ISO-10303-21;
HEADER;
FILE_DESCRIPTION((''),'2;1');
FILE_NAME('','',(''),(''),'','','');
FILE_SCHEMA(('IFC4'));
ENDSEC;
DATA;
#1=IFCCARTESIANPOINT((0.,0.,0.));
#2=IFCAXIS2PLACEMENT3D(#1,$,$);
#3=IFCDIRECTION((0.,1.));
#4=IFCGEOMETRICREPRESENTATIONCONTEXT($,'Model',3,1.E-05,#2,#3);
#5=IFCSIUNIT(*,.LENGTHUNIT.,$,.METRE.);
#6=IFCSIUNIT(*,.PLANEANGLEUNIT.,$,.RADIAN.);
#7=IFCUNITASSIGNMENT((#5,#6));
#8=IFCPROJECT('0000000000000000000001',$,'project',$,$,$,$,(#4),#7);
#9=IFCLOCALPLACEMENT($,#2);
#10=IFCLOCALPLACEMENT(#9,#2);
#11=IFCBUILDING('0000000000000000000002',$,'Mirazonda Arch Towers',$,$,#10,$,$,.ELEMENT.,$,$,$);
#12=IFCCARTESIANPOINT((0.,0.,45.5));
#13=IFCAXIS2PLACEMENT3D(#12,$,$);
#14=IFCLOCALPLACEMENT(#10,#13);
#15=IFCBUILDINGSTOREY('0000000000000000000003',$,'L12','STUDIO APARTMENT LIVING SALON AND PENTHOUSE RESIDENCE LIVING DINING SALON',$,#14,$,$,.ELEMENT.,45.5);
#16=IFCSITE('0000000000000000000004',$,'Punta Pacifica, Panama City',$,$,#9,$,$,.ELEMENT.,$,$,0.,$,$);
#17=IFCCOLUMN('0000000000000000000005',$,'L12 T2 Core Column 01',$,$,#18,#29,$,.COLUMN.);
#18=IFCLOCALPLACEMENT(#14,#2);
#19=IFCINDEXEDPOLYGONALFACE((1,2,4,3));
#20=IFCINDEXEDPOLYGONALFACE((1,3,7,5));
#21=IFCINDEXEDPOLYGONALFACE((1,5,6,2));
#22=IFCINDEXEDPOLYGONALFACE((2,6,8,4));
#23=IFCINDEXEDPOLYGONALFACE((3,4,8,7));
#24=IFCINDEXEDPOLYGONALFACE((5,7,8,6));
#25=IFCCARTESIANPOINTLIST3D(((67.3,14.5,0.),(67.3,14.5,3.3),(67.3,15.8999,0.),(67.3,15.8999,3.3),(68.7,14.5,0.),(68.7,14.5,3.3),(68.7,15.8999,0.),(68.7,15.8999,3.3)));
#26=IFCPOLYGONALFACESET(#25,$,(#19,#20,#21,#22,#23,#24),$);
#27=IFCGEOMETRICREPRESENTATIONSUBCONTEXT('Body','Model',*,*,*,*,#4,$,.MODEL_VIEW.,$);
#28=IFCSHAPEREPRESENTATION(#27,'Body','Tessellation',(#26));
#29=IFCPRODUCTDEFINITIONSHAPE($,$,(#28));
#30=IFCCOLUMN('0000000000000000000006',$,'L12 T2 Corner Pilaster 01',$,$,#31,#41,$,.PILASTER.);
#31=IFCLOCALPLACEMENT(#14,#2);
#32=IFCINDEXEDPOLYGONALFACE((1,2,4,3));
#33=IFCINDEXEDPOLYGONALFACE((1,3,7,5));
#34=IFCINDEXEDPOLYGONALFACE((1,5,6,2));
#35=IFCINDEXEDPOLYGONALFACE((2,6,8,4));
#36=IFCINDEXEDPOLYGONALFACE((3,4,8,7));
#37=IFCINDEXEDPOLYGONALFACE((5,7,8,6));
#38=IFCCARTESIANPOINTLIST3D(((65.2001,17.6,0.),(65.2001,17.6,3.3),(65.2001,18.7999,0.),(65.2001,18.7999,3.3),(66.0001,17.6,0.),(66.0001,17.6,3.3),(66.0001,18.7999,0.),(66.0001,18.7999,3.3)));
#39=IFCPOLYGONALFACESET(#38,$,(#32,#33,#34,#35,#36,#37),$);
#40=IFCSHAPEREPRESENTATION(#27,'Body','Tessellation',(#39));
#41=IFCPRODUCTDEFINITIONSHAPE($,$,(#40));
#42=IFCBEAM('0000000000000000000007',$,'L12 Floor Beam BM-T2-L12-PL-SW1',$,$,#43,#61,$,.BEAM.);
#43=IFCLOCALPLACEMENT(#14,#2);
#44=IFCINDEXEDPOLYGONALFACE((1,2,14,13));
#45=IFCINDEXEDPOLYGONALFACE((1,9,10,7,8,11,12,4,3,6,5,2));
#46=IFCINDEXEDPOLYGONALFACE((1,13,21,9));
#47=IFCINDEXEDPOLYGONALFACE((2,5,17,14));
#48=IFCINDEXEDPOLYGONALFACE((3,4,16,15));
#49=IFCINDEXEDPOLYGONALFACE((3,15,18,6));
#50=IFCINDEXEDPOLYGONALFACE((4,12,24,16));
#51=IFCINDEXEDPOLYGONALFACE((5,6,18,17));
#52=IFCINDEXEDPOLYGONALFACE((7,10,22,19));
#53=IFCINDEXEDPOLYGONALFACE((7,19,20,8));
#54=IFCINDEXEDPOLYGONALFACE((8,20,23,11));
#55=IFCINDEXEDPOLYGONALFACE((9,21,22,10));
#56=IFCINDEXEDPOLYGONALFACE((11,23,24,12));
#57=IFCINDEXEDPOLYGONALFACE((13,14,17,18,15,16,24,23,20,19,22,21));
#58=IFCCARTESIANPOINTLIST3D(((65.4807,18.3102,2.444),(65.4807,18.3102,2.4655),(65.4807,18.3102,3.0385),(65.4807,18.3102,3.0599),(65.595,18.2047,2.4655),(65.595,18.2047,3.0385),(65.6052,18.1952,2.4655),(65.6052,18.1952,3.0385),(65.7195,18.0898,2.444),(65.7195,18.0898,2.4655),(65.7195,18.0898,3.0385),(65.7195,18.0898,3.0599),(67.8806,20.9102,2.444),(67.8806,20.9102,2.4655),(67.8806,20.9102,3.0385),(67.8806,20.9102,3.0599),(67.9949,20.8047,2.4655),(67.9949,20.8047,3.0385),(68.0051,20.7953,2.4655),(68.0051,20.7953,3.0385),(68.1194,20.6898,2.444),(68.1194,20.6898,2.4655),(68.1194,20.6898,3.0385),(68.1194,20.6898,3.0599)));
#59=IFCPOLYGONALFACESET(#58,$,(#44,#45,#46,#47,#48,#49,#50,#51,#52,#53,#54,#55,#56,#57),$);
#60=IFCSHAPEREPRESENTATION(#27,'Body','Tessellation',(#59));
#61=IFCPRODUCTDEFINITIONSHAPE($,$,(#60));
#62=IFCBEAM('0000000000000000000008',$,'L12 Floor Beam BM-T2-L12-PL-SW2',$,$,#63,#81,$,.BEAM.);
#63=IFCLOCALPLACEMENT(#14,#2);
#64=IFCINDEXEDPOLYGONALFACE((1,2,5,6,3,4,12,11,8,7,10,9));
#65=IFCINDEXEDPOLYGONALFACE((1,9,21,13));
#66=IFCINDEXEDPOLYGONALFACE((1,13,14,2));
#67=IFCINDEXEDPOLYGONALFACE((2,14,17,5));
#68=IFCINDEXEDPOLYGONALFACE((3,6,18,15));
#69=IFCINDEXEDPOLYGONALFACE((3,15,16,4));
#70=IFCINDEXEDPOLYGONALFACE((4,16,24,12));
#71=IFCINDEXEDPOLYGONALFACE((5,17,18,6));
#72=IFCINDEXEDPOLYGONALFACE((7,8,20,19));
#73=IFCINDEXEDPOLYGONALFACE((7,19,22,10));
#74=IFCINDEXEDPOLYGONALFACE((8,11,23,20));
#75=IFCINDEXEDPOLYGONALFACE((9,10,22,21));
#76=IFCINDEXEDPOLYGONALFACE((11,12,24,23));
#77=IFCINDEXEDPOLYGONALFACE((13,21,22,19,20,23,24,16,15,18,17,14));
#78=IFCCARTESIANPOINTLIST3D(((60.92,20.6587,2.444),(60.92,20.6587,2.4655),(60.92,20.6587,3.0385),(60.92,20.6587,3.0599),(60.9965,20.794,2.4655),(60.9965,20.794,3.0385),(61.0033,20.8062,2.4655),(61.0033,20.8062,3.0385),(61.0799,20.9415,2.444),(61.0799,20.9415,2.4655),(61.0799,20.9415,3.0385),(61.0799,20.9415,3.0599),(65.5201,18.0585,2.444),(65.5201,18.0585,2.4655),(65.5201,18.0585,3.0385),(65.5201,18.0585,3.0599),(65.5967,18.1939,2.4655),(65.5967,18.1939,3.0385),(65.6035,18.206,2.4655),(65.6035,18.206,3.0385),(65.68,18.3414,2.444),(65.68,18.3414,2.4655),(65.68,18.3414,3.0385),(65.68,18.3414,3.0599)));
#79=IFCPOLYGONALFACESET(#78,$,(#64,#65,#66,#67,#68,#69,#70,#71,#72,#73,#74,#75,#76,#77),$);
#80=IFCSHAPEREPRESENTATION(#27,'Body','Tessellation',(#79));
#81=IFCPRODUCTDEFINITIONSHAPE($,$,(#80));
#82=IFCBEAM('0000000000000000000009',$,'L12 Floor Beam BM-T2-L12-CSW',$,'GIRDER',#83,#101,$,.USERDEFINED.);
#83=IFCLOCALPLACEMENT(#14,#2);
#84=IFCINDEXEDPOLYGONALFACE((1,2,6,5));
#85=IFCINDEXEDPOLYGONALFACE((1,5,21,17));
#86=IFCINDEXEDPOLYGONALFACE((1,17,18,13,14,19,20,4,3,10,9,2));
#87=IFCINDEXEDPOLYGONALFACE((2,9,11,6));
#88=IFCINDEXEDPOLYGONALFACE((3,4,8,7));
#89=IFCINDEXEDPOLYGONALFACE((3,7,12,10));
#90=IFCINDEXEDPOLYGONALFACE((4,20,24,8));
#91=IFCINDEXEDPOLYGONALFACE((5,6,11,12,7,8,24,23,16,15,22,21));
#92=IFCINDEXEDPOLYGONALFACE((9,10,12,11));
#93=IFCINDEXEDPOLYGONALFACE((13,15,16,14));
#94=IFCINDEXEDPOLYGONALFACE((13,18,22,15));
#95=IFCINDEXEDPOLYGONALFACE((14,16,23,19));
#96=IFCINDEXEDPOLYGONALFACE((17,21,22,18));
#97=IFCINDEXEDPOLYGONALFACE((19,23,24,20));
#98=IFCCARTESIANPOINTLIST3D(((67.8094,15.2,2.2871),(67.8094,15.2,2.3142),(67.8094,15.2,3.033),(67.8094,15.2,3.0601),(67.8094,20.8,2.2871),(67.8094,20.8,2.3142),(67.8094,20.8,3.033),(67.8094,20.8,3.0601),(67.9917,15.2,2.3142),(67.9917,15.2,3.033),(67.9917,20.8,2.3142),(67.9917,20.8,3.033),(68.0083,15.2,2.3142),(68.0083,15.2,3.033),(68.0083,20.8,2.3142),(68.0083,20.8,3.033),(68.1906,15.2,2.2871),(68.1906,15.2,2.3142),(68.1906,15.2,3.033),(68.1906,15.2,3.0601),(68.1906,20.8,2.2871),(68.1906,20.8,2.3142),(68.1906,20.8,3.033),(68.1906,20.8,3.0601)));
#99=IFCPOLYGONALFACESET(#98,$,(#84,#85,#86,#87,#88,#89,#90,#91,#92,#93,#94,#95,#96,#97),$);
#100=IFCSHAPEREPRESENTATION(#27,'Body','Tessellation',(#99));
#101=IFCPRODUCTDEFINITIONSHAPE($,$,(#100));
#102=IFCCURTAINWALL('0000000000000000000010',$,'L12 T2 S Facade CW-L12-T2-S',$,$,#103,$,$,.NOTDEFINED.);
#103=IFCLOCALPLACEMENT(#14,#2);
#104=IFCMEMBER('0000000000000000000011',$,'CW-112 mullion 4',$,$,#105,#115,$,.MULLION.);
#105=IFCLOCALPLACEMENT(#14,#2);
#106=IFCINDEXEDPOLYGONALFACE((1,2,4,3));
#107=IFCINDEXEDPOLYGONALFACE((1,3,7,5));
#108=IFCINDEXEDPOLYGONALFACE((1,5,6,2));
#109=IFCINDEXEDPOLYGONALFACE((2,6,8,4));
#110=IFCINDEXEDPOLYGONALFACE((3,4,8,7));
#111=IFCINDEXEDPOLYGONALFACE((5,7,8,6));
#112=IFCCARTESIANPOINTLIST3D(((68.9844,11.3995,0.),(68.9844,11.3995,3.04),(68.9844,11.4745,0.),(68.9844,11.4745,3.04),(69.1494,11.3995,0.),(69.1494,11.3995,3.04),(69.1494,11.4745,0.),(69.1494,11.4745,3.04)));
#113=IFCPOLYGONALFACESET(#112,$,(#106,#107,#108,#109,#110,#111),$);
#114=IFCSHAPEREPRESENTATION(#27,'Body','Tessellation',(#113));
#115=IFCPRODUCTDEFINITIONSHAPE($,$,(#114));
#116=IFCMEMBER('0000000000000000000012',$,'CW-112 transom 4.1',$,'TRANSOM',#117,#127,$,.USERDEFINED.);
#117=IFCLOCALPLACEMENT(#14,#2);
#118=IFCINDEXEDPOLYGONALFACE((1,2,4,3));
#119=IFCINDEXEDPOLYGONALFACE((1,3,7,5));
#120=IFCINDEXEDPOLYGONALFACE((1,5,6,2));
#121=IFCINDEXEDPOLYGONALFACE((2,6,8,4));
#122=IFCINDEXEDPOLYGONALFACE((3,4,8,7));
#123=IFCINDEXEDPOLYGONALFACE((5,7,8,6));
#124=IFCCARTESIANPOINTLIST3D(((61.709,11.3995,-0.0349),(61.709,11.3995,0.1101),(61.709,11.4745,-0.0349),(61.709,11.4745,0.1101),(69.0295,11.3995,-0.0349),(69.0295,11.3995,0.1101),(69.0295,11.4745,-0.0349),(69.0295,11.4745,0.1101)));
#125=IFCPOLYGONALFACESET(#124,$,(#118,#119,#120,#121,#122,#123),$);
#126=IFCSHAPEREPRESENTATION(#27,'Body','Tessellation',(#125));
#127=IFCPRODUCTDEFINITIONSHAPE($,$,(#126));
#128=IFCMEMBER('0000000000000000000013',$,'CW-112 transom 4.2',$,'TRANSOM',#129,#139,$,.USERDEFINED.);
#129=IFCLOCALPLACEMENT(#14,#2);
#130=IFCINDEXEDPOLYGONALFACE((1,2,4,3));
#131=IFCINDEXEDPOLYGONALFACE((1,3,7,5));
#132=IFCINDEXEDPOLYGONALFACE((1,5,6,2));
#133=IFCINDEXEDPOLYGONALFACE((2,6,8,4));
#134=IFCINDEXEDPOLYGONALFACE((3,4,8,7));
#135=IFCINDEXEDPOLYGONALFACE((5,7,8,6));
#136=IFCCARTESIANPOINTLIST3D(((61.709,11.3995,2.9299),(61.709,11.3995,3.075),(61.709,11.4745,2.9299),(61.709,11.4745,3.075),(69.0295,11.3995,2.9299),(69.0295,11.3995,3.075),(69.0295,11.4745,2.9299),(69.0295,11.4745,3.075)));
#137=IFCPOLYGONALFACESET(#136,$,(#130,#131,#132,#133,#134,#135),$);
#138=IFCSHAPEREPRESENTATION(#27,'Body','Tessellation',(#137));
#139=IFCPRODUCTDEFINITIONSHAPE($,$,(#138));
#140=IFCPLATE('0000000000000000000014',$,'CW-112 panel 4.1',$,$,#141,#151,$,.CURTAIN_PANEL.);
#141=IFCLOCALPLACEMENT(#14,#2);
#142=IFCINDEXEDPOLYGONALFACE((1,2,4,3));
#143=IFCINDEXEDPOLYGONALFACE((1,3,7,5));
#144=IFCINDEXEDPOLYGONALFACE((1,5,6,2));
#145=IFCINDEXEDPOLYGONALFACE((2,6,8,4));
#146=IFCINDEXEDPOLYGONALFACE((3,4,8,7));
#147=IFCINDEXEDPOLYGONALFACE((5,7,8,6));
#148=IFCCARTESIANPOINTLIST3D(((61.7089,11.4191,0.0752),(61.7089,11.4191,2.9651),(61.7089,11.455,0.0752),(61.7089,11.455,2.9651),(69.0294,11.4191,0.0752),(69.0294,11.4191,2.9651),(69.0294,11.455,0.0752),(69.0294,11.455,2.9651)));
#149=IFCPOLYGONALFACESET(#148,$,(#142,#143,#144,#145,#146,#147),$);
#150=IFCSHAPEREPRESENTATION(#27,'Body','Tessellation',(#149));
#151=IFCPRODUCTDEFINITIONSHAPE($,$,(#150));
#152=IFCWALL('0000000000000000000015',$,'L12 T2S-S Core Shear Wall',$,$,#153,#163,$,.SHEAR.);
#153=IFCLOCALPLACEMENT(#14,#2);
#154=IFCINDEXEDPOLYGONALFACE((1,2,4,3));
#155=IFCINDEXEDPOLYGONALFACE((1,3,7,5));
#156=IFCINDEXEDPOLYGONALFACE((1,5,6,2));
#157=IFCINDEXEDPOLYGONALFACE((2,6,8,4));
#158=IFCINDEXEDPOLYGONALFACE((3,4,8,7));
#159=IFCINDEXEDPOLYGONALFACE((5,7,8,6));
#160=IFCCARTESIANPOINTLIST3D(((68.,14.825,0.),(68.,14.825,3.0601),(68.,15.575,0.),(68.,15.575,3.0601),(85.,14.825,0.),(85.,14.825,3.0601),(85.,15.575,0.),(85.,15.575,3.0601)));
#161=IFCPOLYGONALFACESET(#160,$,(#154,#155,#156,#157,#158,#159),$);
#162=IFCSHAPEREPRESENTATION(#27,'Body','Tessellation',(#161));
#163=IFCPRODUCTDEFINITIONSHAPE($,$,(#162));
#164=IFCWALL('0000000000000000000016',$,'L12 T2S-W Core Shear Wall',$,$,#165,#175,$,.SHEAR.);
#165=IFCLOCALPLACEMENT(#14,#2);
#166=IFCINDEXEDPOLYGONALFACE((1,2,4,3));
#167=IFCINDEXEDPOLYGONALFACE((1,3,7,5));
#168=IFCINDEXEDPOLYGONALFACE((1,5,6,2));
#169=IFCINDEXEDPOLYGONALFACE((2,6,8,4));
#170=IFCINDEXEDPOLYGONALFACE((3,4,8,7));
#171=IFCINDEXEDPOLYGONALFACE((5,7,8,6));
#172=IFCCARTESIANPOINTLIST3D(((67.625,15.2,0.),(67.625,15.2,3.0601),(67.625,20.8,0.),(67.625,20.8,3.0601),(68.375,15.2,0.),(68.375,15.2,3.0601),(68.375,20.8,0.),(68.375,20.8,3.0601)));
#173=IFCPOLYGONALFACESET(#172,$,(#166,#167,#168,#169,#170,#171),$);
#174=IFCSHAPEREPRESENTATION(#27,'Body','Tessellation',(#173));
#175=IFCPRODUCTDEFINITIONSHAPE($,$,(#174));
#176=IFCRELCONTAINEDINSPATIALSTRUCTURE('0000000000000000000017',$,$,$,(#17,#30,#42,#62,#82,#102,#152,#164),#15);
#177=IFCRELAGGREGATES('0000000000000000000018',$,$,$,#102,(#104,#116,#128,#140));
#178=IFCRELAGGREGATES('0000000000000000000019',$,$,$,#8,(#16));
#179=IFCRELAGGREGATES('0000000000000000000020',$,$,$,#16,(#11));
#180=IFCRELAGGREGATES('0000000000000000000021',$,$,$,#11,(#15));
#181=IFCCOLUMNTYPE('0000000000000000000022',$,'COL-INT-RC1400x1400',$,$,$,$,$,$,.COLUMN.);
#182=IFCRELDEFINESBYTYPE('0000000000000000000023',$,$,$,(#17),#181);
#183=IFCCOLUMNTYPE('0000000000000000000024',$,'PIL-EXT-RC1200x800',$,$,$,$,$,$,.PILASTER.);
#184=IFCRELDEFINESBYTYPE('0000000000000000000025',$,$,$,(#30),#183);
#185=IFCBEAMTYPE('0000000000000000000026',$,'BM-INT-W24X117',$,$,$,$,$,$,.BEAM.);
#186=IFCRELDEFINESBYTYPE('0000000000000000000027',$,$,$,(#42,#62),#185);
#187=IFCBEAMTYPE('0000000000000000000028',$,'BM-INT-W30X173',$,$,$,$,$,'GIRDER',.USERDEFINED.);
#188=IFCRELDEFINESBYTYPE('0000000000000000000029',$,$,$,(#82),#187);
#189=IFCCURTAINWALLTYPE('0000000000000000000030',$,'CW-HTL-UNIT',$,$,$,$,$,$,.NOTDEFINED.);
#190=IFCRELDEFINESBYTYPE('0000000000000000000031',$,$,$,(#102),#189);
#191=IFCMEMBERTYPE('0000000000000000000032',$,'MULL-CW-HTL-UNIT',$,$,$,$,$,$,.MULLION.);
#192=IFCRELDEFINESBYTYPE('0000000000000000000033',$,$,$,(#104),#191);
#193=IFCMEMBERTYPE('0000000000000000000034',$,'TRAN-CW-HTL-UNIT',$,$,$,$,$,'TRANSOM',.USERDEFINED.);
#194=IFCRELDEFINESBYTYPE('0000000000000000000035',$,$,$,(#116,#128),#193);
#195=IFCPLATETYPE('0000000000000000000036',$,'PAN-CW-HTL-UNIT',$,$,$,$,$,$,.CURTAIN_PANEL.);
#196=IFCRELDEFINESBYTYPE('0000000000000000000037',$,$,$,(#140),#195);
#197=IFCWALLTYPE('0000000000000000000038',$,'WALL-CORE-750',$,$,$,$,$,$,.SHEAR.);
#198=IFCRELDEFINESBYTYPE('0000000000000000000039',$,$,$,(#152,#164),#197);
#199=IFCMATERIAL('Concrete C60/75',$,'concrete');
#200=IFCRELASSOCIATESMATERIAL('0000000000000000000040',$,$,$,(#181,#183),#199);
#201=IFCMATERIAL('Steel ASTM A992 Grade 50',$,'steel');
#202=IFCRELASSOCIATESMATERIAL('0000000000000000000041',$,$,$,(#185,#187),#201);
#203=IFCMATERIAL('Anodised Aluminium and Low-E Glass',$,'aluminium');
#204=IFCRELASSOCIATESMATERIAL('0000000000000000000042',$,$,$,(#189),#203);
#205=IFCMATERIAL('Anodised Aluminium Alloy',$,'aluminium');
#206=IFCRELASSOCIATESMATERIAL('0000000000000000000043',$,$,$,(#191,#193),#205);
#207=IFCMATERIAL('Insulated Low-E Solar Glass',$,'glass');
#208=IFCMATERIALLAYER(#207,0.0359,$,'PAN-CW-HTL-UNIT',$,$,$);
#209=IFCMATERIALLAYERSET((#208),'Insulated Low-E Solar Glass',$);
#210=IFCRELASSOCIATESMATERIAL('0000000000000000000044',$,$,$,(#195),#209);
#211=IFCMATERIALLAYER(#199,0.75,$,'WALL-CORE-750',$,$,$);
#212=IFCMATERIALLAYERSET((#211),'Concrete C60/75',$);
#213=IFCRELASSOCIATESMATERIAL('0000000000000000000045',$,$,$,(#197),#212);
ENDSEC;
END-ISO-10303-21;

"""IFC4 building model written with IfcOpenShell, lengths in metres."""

from ifc_helpers import new_model, si_unit, direction, frame, frame_2d, origin, origin_2d, place, context, subcontext, project, spatial, rectangle, i_section, extrude, material, layer, layer_set, material_profile, profile_set, type_object, element, aggregate, save


model = new_model("IFC4")

# Units and contexts
model_context = context("Model", 3, precision=1e-05, world=origin(), true_north=direction((0.0, 1.0)))
body_context = subcontext(model_context, "Body", "Model", "MODEL_VIEW")
ifc_project = project(units=[si_unit("LENGTHUNIT", "METRE"), si_unit("PLANEANGLEUNIT", "RADIAN")], contexts=[model_context])

# Site, building, storey
site_placement = place(None, origin())
site = spatial("IfcSite", under=ifc_project, at=site_placement, Name="Punta Pacifica, Panama City", CompositionType="ELEMENT", RefElevation=0.0)
building_placement = place(site_placement, origin())
building = spatial("IfcBuilding", under=site, at=building_placement, Name="Mirazonda Arch Towers", CompositionType="ELEMENT")
storey_placement = place(building_placement, frame((0.0, 0.0, 45.5)))
storey = spatial("IfcBuildingStorey", under=building, at=storey_placement, Name="L12", Description="STUDIO APARTMENT LIVING SALON AND PENTHOUSE RESIDENCE LIVING DINING SALON", CompositionType="ELEMENT", Elevation=45.5)

# Columns
ifc_material_1 = material(Name="Concrete C60/75", Category="concrete")
ifc_material_profile_1 = material_profile(ifc_material_1, rectangle(XDim=1.3999, YDim=1.3999, at=origin_2d()), Name="RC1400x1400")
ifc_profile_set_1 = profile_set([ifc_material_profile_1], Name="Concrete C60/75")
column_type_1 = type_object("IfcColumnType", Name="COL-INT-RC1400x1400", PredefinedType="COLUMN", material=ifc_profile_set_1)
column_1_placement = place(storey_placement, frame((68.0, 15.2, 0.0), z_axis=(0.0, 0.0, 1.0), x_axis=(1.0, 0.0, 0.0)))
element("IfcColumn", 1, at=column_1_placement, inside=storey, type_object=column_type_1, Name="L12 T2 Core Column 01", PredefinedType="COLUMN", context=body_context, shape_type="SweptSolid", body=[
    extrude(rectangle(XDim=1.3999, YDim=1.3999, at=origin_2d()), origin(), (0.0, 0.0, 1.0), 3.3),
])
ifc_material_profile_2 = material_profile(ifc_material_1, rectangle(XDim=0.8, YDim=1.2, at=origin_2d()), Name="RC1200x800")
ifc_profile_set_2 = profile_set([ifc_material_profile_2], Name="Concrete C60/75")
column_type_2 = type_object("IfcColumnType", Name="PIL-EXT-RC1200x800", PredefinedType="PILASTER", material=ifc_profile_set_2)
column_2_placement = place(storey_placement, frame((65.6001, 18.2, 0.0), z_axis=(0.0, 0.0, 1.0), x_axis=(1.0, 0.0, 0.0)))
element("IfcColumn", 2, at=column_2_placement, inside=storey, type_object=column_type_2, Name="L12 T2 Corner Pilaster 01", PredefinedType="PILASTER", context=body_context, shape_type="SweptSolid", body=[
    extrude(rectangle(XDim=0.8, YDim=1.2, at=origin_2d()), origin(), (0.0, 0.0, 1.0), 3.3),
])

# Beams
ifc_material_2 = material(Name="Steel ASTM A992 Grade 50", Category="steel")
ifc_material_profile_3 = material_profile(ifc_material_2, i_section(OverallWidth=0.325, OverallDepth=0.616, WebThickness=0.0139, FlangeThickness=0.0215, at=origin_2d()), Name="W24X117")
ifc_profile_set_3 = profile_set([ifc_material_profile_3], Name="Steel ASTM A992 Grade 50")
beam_type_1 = type_object("IfcBeamType", Name="BM-INT-W24X117", PredefinedType="BEAM", material=ifc_profile_set_3)
beam_1_placement = place(storey_placement, frame((65.6001, 18.2, 2.752), z_axis=(0.678251, 0.73483, 0.0), x_axis=(-0.73483, 0.678251, 0.0)))
element("IfcBeam", 3, at=beam_1_placement, inside=storey, type_object=beam_type_1, Name="L12 Floor Beam BM-T2-L12-PL-SW1", PredefinedType="BEAM", context=body_context, shape_type="SweptSolid", body=[
    extrude(i_section(OverallWidth=0.325, OverallDepth=0.616, WebThickness=0.0139, FlangeThickness=0.0215, at=origin_2d()), origin(), (0.0, 0.0, 1.0), 3.5383),
])
beam_2_placement = place(storey_placement, frame((65.6001, 18.2, 2.752), z_axis=(-0.870559, 0.492063, 0.0), x_axis=(-0.492063, -0.870559, 0.0)))
element("IfcBeam", 4, at=beam_2_placement, inside=storey, type_object=beam_type_1, Name="L12 Floor Beam BM-T2-L12-PL-SW2", PredefinedType="BEAM", context=body_context, shape_type="SweptSolid", body=[
    extrude(i_section(OverallWidth=0.325, OverallDepth=0.616, WebThickness=0.0139, FlangeThickness=0.0215, at=origin_2d()), origin(), (0.0, 0.0, 1.0), 5.2842),
])
ifc_material_profile_4 = material_profile(ifc_material_2, i_section(OverallWidth=0.3811, OverallDepth=0.7729, WebThickness=0.0166, FlangeThickness=0.0271, at=origin_2d()), Name="W30X173")
ifc_profile_set_4 = profile_set([ifc_material_profile_4], Name="Steel ASTM A992 Grade 50")
beam_type_2 = type_object("IfcBeamType", Name="BM-INT-W30X173", ElementType="GIRDER", PredefinedType="USERDEFINED", material=ifc_profile_set_4)
beam_3_placement = place(storey_placement, frame((68.0, 15.2, 2.6736), z_axis=(0.0, 1.0, 0.0), x_axis=(-1.0, 0.0, 0.0)))
element("IfcBeam", 5, at=beam_3_placement, inside=storey, type_object=beam_type_2, Name="L12 Floor Beam BM-T2-L12-CSW", ObjectType="GIRDER", PredefinedType="USERDEFINED", context=body_context, shape_type="SweptSolid", body=[
    extrude(i_section(OverallWidth=0.3811, OverallDepth=0.7729, WebThickness=0.0166, FlangeThickness=0.0271, at=origin_2d()), origin(), (0.0, 0.0, 1.0), 5.6001),
])

# Curtain wall, members, plate
ifc_material_3 = material(Name="Anodised Aluminium and Low-E Glass", Category="aluminium")
curtain_wall_type = type_object("IfcCurtainWallType", Name="CW-HTL-UNIT", PredefinedType="NOTDEFINED", material=ifc_material_3)
curtain_wall_placement = place(storey_placement, origin())
curtain_wall = element("IfcCurtainWall", 6, at=curtain_wall_placement, inside=storey, type_object=curtain_wall_type, Name="L12 T2 S Facade CW-L12-T2-S", PredefinedType="NOTDEFINED")
ifc_material_4 = material(Name="Anodised Aluminium Alloy", Category="aluminium")
ifc_material_profile_5 = material_profile(ifc_material_4, rectangle(XDim=0.075, YDim=0.165, at=origin_2d()), Name="ALU-MULL-75x165")
ifc_profile_set_5 = profile_set([ifc_material_profile_5], Name="Anodised Aluminium Alloy")
member_type_1 = type_object("IfcMemberType", Name="MULL-CW-HTL-UNIT", PredefinedType="MULLION", material=ifc_profile_set_5)
member_1_placement = place(storey_placement, frame((69.0669, 11.437, 0.0), z_axis=(0.0, 0.0, 1.0), x_axis=(0.0, -1.0, 0.0)))
member_1 = element("IfcMember", 7, at=member_1_placement, type_object=member_type_1, Name="CW-112 mullion 4", PredefinedType="MULLION", context=body_context, shape_type="SweptSolid", body=[
    extrude(rectangle(XDim=0.075, YDim=0.165, at=origin_2d()), origin(), (0.0, 0.0, 1.0), 3.04),
])
ifc_material_profile_6 = material_profile(ifc_material_4, rectangle(XDim=0.075, YDim=0.145, at=origin_2d()), Name="ALU-TRAN-75x145")
ifc_profile_set_6 = profile_set([ifc_material_profile_6], Name="Anodised Aluminium Alloy")
member_type_2 = type_object("IfcMemberType", Name="TRAN-CW-HTL-UNIT", ElementType="TRANSOM", PredefinedType="USERDEFINED", material=ifc_profile_set_6)
member_2_placement = place(storey_placement, frame((69.0295, 11.437, 0.0376), z_axis=(-1.0, 0.0, 0.0), x_axis=(0.0, -1.0, 0.0)))
member_2 = element("IfcMember", 8, at=member_2_placement, type_object=member_type_2, Name="CW-112 transom 4.1", ObjectType="TRANSOM", PredefinedType="USERDEFINED", context=body_context, shape_type="SweptSolid", body=[
    extrude(rectangle(XDim=0.075, YDim=0.145, at=origin_2d()), origin(), (0.0, 0.0, 1.0), 7.3206),
])
member_3_placement = place(storey_placement, frame((69.0295, 11.437, 3.0024), z_axis=(-1.0, 0.0, 0.0), x_axis=(0.0, -1.0, 0.0)))
member_3 = element("IfcMember", 9, at=member_3_placement, type_object=member_type_2, Name="CW-112 transom 4.2", ObjectType="TRANSOM", PredefinedType="USERDEFINED", context=body_context, shape_type="SweptSolid", body=[
    extrude(rectangle(XDim=0.075, YDim=0.145, at=origin_2d()), origin(), (0.0, 0.0, 1.0), 7.3206),
])
ifc_material_5 = material(Name="Insulated Low-E Solar Glass", Category="glass")
ifc_layer_1 = layer(ifc_material_5, 0.0359, Name="PAN-CW-HTL-UNIT")
ifc_layer_set_1 = layer_set([ifc_layer_1], Name="Insulated Low-E Solar Glass")
plate_type = type_object("IfcPlateType", Name="PAN-CW-HTL-UNIT", PredefinedType="CURTAIN_PANEL", material=ifc_layer_set_1)
plate_placement = place(storey_placement, frame((65.3691, 11.437, 0.0752), z_axis=(0.0, 0.0, 1.0), x_axis=(-1.0, 0.0, 0.0)))
plate = element("IfcPlate", 10, at=plate_placement, type_object=plate_type, Name="CW-112 panel 4.1", PredefinedType="CURTAIN_PANEL", context=body_context, shape_type="SweptSolid", body=[
    extrude(rectangle(XDim=7.3206, YDim=0.0359, at=origin_2d()), origin(), (0.0, 0.0, 1.0), 2.8899),
])
aggregate(curtain_wall, [member_1, member_2, member_3, plate])

# Walls
ifc_layer_2 = layer(ifc_material_1, 0.75, Name="WALL-CORE-750")
ifc_layer_set_2 = layer_set([ifc_layer_2], Name="Concrete C60/75")
wall_type = type_object("IfcWallType", Name="WALL-CORE-750", PredefinedType="SHEAR", material=ifc_layer_set_2)
wall_1_placement = place(storey_placement, frame((68.0, 15.2, 0.0), z_axis=(0.0, 0.0, 1.0), x_axis=(1.0, 0.0, 0.0)))
element("IfcWall", 11, at=wall_1_placement, inside=storey, type_object=wall_type, Name="L12 T2S-S Core Shear Wall", PredefinedType="SHEAR", context=body_context, shape_type="SweptSolid", body=[
    extrude(rectangle(XDim=17.0, YDim=0.75, at=frame_2d((8.5, 0.0))), origin(), (0.0, 0.0, 1.0), 3.0601),
])
wall_2_placement = place(storey_placement, frame((68.0, 15.2, 0.0), z_axis=(0.0, 0.0, 1.0), x_axis=(0.0, 1.0, 0.0)))
element("IfcWall", 12, at=wall_2_placement, inside=storey, type_object=wall_type, Name="L12 T2S-W Core Shear Wall", PredefinedType="SHEAR", context=body_context, shape_type="SweptSolid", body=[
    extrude(rectangle(XDim=5.6001, YDim=0.75, at=frame_2d((2.8, 0.0))), origin(), (0.0, 0.0, 1.0), 3.0601),
])

save(model, "model.ifc")
